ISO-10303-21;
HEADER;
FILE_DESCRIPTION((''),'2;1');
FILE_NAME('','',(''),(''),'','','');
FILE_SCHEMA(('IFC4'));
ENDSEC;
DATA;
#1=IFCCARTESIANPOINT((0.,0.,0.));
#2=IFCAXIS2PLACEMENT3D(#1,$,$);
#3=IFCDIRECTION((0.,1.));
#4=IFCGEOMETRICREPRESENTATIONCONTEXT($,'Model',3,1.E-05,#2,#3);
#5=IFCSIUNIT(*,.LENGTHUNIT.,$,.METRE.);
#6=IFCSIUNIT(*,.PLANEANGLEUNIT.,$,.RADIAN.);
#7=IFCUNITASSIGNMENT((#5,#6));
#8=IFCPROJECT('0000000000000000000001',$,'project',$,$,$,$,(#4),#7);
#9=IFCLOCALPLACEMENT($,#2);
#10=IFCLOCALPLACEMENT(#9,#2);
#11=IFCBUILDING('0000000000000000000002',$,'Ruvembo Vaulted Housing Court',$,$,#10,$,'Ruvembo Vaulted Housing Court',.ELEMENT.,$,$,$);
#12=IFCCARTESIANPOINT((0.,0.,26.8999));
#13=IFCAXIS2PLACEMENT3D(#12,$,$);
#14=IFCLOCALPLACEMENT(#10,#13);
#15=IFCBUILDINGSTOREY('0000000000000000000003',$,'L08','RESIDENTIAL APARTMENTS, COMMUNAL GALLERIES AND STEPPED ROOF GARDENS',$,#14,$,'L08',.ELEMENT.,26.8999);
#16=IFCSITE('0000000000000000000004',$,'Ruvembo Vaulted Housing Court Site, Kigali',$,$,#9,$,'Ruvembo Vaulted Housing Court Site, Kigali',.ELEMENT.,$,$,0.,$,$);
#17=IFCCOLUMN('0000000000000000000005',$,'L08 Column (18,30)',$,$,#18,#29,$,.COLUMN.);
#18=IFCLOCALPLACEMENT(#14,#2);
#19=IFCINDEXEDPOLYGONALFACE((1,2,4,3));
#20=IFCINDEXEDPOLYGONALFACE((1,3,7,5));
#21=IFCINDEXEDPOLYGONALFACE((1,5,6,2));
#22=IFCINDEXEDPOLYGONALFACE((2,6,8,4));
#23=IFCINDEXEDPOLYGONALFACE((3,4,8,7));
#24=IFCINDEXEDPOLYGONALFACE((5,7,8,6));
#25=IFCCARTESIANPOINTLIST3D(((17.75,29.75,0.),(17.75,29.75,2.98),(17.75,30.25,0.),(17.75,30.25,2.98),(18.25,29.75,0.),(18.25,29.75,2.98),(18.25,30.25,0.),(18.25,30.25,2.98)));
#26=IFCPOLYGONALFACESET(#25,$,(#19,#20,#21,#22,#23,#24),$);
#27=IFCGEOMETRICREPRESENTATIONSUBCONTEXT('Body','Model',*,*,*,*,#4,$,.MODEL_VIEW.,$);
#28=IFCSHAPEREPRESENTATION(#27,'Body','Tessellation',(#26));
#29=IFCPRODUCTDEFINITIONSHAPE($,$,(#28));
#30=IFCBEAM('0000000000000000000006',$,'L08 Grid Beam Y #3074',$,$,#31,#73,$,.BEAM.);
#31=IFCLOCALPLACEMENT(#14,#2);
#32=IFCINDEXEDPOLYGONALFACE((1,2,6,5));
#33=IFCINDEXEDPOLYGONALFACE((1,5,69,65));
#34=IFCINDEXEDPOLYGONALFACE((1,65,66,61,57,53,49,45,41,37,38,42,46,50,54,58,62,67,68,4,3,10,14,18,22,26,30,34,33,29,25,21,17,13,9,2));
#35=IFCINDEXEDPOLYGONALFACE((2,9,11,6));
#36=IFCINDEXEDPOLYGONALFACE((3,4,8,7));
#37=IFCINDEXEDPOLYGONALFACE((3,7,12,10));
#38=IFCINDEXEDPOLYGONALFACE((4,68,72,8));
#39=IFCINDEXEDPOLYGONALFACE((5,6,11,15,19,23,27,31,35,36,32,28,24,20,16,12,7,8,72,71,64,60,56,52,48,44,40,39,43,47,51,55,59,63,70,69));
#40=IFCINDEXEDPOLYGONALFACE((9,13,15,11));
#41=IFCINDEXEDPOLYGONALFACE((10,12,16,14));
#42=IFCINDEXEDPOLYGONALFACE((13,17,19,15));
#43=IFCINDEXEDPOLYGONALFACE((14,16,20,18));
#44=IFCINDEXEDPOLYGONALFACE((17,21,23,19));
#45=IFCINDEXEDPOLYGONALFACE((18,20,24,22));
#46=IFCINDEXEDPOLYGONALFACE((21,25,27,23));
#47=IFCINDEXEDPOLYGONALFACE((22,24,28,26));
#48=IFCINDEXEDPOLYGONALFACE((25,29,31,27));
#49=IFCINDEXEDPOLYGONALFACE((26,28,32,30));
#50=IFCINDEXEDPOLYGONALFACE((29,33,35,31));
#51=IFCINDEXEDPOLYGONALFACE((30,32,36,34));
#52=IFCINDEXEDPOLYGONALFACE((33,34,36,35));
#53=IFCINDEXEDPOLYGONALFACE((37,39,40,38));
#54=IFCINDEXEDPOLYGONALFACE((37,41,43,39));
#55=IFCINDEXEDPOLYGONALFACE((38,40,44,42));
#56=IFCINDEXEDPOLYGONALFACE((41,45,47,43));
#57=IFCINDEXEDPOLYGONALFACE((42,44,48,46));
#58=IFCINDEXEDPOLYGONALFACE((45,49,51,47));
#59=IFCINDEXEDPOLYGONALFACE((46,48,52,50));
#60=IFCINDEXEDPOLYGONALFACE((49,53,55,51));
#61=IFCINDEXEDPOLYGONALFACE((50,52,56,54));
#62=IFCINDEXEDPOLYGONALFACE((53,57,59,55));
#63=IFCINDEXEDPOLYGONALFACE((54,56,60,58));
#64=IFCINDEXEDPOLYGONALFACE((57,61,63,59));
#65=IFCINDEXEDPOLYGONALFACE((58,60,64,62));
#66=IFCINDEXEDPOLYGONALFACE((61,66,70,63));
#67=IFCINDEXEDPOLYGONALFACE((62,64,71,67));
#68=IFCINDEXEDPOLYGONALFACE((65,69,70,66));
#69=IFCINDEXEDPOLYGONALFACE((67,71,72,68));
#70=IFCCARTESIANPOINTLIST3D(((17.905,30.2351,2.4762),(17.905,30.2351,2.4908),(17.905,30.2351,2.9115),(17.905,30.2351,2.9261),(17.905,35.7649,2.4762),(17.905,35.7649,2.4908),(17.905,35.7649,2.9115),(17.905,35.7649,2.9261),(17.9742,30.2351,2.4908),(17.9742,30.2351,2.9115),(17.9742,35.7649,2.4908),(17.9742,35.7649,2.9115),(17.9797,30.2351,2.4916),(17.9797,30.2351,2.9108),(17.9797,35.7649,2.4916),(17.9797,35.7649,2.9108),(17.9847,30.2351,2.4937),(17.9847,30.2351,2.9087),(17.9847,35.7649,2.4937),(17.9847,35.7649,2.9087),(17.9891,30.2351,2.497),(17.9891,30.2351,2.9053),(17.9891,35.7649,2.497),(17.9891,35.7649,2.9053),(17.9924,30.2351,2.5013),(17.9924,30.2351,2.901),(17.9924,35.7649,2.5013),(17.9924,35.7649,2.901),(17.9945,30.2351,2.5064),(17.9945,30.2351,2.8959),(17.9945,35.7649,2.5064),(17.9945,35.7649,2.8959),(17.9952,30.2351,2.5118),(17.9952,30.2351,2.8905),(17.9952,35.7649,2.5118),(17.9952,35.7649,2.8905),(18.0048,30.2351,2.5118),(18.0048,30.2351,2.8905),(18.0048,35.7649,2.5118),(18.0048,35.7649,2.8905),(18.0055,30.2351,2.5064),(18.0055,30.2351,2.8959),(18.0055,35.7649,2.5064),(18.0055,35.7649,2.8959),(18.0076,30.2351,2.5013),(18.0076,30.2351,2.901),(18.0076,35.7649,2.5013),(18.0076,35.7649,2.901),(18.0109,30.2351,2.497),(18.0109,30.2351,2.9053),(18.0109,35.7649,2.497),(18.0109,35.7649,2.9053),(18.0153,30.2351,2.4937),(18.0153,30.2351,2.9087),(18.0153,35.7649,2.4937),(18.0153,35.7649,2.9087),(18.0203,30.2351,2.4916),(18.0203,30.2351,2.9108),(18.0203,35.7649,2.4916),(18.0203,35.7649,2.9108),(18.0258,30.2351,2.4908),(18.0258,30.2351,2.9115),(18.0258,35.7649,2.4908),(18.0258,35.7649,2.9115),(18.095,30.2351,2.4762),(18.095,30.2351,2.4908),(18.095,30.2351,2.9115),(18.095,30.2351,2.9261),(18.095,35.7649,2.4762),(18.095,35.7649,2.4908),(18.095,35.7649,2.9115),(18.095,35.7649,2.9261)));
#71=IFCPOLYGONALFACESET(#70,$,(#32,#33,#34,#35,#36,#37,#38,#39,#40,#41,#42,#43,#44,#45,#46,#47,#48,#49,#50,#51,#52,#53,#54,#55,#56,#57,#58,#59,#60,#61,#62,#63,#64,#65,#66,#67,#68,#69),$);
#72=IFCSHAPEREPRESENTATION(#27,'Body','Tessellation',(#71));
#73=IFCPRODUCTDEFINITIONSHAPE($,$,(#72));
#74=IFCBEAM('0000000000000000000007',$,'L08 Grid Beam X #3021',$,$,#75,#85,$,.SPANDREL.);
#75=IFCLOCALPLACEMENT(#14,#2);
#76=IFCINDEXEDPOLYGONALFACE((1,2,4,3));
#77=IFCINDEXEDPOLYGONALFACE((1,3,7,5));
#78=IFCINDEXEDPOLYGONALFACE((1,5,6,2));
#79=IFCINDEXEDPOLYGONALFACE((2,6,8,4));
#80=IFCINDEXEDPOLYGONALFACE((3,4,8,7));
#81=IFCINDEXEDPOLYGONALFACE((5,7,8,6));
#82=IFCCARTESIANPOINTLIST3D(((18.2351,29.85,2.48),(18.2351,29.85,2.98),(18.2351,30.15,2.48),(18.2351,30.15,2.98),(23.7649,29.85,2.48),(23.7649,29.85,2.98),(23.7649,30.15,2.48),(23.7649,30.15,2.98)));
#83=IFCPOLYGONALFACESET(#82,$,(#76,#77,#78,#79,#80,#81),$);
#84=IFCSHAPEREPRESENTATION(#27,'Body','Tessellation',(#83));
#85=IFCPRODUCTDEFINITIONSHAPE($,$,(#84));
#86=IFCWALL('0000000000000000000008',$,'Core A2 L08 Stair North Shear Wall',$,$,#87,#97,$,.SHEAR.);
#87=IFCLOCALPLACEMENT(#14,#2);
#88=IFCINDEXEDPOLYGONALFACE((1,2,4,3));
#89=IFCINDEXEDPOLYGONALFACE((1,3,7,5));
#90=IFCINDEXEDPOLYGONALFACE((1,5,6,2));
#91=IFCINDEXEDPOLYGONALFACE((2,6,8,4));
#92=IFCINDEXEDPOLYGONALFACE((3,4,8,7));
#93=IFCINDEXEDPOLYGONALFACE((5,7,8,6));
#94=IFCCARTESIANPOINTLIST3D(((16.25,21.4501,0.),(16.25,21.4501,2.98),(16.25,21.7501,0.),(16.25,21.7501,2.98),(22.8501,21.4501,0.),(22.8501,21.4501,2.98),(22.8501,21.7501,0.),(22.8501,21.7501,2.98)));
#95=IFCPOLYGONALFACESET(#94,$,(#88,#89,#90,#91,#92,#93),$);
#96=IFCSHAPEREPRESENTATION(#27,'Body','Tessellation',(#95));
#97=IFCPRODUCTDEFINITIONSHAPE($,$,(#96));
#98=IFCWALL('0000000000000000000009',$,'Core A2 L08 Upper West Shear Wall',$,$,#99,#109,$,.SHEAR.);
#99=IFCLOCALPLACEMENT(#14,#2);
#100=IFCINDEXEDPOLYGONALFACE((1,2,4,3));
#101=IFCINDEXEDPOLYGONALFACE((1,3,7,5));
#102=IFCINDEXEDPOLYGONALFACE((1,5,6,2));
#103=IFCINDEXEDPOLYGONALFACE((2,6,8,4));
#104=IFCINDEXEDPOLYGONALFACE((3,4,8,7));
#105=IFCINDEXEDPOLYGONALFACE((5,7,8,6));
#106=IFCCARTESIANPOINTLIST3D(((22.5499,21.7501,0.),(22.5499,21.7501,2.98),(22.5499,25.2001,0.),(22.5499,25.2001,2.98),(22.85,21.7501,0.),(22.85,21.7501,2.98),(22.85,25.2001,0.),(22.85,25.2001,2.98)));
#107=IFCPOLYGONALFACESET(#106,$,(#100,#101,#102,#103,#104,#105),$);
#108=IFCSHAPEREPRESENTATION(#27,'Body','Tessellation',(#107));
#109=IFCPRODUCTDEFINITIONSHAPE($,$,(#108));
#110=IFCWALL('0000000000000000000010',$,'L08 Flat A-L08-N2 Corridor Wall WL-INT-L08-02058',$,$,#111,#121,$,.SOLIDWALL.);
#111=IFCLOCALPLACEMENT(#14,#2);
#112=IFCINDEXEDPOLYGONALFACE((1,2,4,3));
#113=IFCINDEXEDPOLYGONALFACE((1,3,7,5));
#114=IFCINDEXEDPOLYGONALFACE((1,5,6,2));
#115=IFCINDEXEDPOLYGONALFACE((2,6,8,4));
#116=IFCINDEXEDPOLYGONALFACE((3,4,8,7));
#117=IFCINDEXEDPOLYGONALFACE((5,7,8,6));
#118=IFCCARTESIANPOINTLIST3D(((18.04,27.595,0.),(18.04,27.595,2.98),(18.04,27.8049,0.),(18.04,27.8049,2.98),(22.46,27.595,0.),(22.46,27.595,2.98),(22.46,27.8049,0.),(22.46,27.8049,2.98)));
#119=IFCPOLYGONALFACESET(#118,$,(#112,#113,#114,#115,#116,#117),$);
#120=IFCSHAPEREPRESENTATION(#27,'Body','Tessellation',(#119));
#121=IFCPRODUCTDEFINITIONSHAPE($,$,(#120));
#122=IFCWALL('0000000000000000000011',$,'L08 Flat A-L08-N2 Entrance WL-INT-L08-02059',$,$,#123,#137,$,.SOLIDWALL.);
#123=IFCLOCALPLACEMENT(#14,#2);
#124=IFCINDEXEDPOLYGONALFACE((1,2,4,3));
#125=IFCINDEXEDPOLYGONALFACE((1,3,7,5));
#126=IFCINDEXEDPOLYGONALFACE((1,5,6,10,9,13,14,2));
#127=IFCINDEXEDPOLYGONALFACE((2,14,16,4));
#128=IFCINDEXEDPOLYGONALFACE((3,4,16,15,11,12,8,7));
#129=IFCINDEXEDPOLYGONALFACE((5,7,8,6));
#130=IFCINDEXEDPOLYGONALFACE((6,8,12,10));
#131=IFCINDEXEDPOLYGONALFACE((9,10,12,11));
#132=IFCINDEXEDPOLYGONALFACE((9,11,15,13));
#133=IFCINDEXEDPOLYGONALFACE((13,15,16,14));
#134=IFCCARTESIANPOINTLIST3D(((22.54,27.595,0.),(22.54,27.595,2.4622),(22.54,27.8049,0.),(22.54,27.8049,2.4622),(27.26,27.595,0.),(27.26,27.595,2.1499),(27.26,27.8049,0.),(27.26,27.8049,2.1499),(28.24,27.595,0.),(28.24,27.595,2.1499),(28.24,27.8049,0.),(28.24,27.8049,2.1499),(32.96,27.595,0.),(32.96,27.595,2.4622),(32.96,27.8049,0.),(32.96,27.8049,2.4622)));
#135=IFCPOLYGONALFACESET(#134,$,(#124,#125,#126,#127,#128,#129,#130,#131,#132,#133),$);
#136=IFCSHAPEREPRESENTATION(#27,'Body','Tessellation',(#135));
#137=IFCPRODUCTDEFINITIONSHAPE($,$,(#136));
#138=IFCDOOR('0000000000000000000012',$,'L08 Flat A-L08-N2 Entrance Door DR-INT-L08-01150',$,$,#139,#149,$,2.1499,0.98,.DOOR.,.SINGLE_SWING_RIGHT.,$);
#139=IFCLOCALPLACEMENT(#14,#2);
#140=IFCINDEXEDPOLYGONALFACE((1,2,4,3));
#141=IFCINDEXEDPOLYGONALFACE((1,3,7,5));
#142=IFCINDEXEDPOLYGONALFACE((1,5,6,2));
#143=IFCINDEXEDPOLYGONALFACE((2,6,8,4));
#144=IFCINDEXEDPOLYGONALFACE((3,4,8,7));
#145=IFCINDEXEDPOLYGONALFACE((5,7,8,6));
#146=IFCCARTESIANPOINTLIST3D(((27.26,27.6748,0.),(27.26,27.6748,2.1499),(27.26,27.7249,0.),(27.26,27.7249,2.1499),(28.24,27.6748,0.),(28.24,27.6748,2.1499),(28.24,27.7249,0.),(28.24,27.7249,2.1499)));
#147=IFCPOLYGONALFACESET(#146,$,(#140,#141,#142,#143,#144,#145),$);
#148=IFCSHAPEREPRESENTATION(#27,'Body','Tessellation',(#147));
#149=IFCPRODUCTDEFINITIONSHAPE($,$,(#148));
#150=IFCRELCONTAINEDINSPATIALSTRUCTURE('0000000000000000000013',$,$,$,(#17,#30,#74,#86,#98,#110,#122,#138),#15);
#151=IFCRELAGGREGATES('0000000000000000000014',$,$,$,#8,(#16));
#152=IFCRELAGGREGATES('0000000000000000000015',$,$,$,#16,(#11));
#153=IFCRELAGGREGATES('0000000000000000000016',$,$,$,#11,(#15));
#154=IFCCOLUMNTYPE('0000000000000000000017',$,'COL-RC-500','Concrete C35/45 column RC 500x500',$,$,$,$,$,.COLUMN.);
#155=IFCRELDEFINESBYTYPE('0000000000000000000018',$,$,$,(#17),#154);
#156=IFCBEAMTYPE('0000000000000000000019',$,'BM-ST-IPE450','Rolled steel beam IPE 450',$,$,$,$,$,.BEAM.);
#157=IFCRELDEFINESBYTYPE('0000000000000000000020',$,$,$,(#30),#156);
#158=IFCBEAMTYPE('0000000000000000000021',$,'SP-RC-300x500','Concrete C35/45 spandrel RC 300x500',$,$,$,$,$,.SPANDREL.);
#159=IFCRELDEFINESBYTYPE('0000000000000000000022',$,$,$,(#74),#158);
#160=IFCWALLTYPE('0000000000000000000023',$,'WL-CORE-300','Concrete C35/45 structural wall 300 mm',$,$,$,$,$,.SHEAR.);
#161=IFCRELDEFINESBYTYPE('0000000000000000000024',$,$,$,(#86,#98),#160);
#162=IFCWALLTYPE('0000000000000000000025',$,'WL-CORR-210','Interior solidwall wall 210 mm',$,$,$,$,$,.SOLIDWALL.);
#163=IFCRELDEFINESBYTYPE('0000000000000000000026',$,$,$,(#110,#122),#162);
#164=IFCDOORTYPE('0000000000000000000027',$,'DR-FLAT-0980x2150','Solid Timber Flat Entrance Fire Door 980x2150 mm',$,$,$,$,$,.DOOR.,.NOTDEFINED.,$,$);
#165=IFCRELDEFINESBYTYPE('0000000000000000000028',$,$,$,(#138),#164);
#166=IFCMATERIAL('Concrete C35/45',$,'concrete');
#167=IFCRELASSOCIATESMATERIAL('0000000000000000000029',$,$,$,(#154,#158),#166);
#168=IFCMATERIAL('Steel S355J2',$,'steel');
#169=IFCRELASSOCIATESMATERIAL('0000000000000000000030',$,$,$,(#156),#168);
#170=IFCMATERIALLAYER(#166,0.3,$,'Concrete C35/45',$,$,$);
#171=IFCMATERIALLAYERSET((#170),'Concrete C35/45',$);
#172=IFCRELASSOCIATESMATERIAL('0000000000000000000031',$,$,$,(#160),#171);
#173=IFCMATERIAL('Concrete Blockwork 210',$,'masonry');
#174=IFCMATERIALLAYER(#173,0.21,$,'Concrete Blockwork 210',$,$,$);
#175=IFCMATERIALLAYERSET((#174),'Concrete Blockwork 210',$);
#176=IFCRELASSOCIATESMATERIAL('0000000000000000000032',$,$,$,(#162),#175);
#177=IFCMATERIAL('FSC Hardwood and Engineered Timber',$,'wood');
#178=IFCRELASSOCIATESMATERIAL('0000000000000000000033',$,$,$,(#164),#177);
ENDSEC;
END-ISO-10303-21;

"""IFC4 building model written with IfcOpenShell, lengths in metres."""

from ifc_helpers import new_model, si_unit, direction, frame, frame_2d, origin, origin_2d, place, context, subcontext, project, spatial, rectangle, i_section, extrude, material, layer, layer_set, material_profile, profile_set, type_object, element, fill, save


model = new_model("IFC4")

# Units and contexts
model_context = context("Model", 3, precision=1e-05, world=origin(), true_north=direction((0.0, 1.0)))
body_context = subcontext(model_context, "Body", "Model", "MODEL_VIEW")
ifc_project = project(units=[si_unit("LENGTHUNIT", "METRE"), si_unit("PLANEANGLEUNIT", "RADIAN")], contexts=[model_context])

# Site, building, storey
site_placement = place(None, origin())
site = spatial("IfcSite", under=ifc_project, at=site_placement, Name="Ruvembo Vaulted Housing Court Site, Kigali", LongName="Ruvembo Vaulted Housing Court Site, Kigali", CompositionType="ELEMENT", RefElevation=0.0)
building_placement = place(site_placement, origin())
building = spatial("IfcBuilding", under=site, at=building_placement, Name="Ruvembo Vaulted Housing Court", LongName="Ruvembo Vaulted Housing Court", CompositionType="ELEMENT")
storey_placement = place(building_placement, frame((0.0, 0.0, 26.8999)))
storey = spatial("IfcBuildingStorey", under=building, at=storey_placement, Name="L08", Description="RESIDENTIAL APARTMENTS, COMMUNAL GALLERIES AND STEPPED ROOF GARDENS", LongName="L08", CompositionType="ELEMENT", Elevation=26.8999)

# Column
ifc_material_1 = material(Name="Concrete C35/45", Category="concrete")
ifc_material_profile_1 = material_profile(ifc_material_1, rectangle(XDim=0.5, YDim=0.5, at=origin_2d()), Name="RC 500x500")
ifc_profile_set_1 = profile_set([ifc_material_profile_1], Name="Concrete C35/45")
column_type = type_object("IfcColumnType", Name="COL-RC-500", Description="Concrete C35/45 column RC 500x500", PredefinedType="COLUMN", material=ifc_profile_set_1)
column_placement = place(storey_placement, frame((18.0, 30.0, 0.0), z_axis=(0.0, 0.0, 1.0), x_axis=(1.0, 0.0, 0.0)))
element("IfcColumn", 1, at=column_placement, inside=storey, type_object=column_type, Name="L08 Column (18,30)", PredefinedType="COLUMN", context=body_context, shape_type="SweptSolid", body=[
    extrude(rectangle(XDim=0.5, YDim=0.5, at=origin_2d()), origin(), (0.0, 0.0, 1.0), 2.98),
])

# Beams
ifc_material_2 = material(Name="Steel S355J2", Category="steel")
ifc_material_profile_2 = material_profile(ifc_material_2, i_section(OverallWidth=0.1899, OverallDepth=0.45, WebThickness=0.0095, FlangeThickness=0.0146, FilletRadius=0.021, at=origin_2d()), Name="IPE 450")
ifc_profile_set_2 = profile_set([ifc_material_profile_2], Name="Steel S355J2")
beam_type_1 = type_object("IfcBeamType", Name="BM-ST-IPE450", Description="Rolled steel beam IPE 450", PredefinedType="BEAM", material=ifc_profile_set_2)
beam_1_placement = place(storey_placement, frame((18.0, 30.2351, 2.7012), z_axis=(0.0, 1.0, 0.0), x_axis=(-1.0, 0.0, 0.0)))
element("IfcBeam", 2, at=beam_1_placement, inside=storey, type_object=beam_type_1, Name="L08 Grid Beam Y #3074", PredefinedType="BEAM", context=body_context, shape_type="SweptSolid", body=[
    extrude(i_section(OverallWidth=0.1899, OverallDepth=0.45, WebThickness=0.0095, FlangeThickness=0.0146, FilletRadius=0.021, at=origin_2d()), origin(), (0.0, 0.0, 1.0), 5.5298),
])
ifc_material_profile_3 = material_profile(ifc_material_1, rectangle(XDim=0.3, YDim=0.5, at=origin_2d()), Name="RC 300x500")
ifc_profile_set_3 = profile_set([ifc_material_profile_3], Name="Concrete C35/45")
beam_type_2 = type_object("IfcBeamType", Name="SP-RC-300x500", Description="Concrete C35/45 spandrel RC 300x500", PredefinedType="SPANDREL", material=ifc_profile_set_3)
beam_2_placement = place(storey_placement, frame((18.2351, 30.0, 2.73), z_axis=(1.0, 0.0, 0.0), x_axis=(0.0, 1.0, 0.0)))
element("IfcBeam", 3, at=beam_2_placement, inside=storey, type_object=beam_type_2, Name="L08 Grid Beam X #3021", PredefinedType="SPANDREL", context=body_context, shape_type="SweptSolid", body=[
    extrude(rectangle(XDim=0.3, YDim=0.5, at=origin_2d()), origin(), (0.0, 0.0, 1.0), 5.5298),
])

# Walls
ifc_layer_1 = layer(ifc_material_1, 0.3, Name="Concrete C35/45")
ifc_layer_set_1 = layer_set([ifc_layer_1], Name="Concrete C35/45")
wall_type_1 = type_object("IfcWallType", Name="WL-CORE-300", Description="Concrete C35/45 structural wall 300 mm", PredefinedType="SHEAR", material=ifc_layer_set_1)
wall_1_placement = place(storey_placement, frame((22.8501, 21.6001, 0.0), z_axis=(0.0, 0.0, 1.0), x_axis=(-1.0, 0.0, 0.0)))
element("IfcWall", 4, at=wall_1_placement, inside=storey, type_object=wall_type_1, Name="Core A2 L08 Stair North Shear Wall", PredefinedType="SHEAR", context=body_context, shape_type="SweptSolid", body=[
    extrude(rectangle(XDim=6.6001, YDim=0.3, at=frame_2d((3.3, 0.0))), origin(), (0.0, 0.0, 1.0), 2.98),
])
wall_2_placement = place(storey_placement, frame((22.7, 21.75, 0.0), z_axis=(0.0, 0.0, 1.0), x_axis=(0.0, 1.0, 0.0)))
element("IfcWall", 5, at=wall_2_placement, inside=storey, type_object=wall_type_1, Name="Core A2 L08 Upper West Shear Wall", PredefinedType="SHEAR", context=body_context, shape_type="SweptSolid", body=[
    extrude(rectangle(XDim=3.45, YDim=0.3, at=frame_2d((1.7251, 0.0))), origin(), (0.0, 0.0, 1.0), 2.98),
])
ifc_material_3 = material(Name="Concrete Blockwork 210", Category="masonry")
ifc_layer_2 = layer(ifc_material_3, 0.21, Name="Concrete Blockwork 210")
ifc_layer_set_2 = layer_set([ifc_layer_2], Name="Concrete Blockwork 210")
wall_type_2 = type_object("IfcWallType", Name="WL-CORR-210", Description="Interior solidwall wall 210 mm", PredefinedType="SOLIDWALL", material=ifc_layer_set_2)
wall_3_placement = place(storey_placement, frame((18.04, 27.7, 0.0), z_axis=(0.0, 0.0, 1.0), x_axis=(1.0, 0.0, 0.0)))
element("IfcWall", 6, at=wall_3_placement, inside=storey, type_object=wall_type_2, Name="L08 Flat A-L08-N2 Corridor Wall WL-INT-L08-02058", PredefinedType="SOLIDWALL", context=body_context, shape_type="SweptSolid", body=[
    extrude(rectangle(XDim=4.4199, YDim=0.21, at=frame_2d((2.21, 0.0))), origin(), (0.0, 0.0, 1.0), 2.98),
])

# Wall, opening, door
wall_4_placement = place(storey_placement, frame((22.54, 27.7, 0.0), z_axis=(0.0, 0.0, 1.0), x_axis=(1.0, 0.0, 0.0)))
wall_4 = element("IfcWall", 7, at=wall_4_placement, inside=storey, type_object=wall_type_2, Name="L08 Flat A-L08-N2 Entrance WL-INT-L08-02059", PredefinedType="SOLIDWALL", context=body_context, shape_type="SweptSolid", body=[
    extrude(rectangle(XDim=10.4199, YDim=0.21, at=frame_2d((5.21, 0.0))), origin(), (0.0, 0.0, 1.0), 2.4622),
])
opening_1_placement = place(wall_4_placement, frame((4.72, 0.0, 0.0)))
opening_1 = element("IfcOpeningElement", 8, at=opening_1_placement, cuts=wall_4, PredefinedType="OPENING", context=body_context, shape_type="SweptSolid", body=[
    extrude(rectangle(XDim=0.98, YDim=2.1499, at=frame_2d((0.49, 1.075))), frame((0.0, 0.115, 0.0), z_axis=(0.0, -1.0, 0.0), x_axis=(1.0, 0.0, 0.0)), (0.0, 0.0, 1.0), 0.23),
])
ifc_material_4 = material(Name="FSC Hardwood and Engineered Timber", Category="wood")
door_type_1 = type_object("IfcDoorType", Name="DR-FLAT-0980x2150", Description="Solid Timber Flat Entrance Fire Door 980x2150 mm", OperationType="NOTDEFINED", PredefinedType="DOOR", material=ifc_material_4)
door_1_placement = place(opening_1_placement, origin())
door_1 = element("IfcDoor", 9, at=door_1_placement, inside=storey, type_object=door_type_1, Name="L08 Flat A-L08-N2 Entrance Door DR-INT-L08-01150", OperationType="SINGLE_SWING_RIGHT", OverallHeight=2.1499, OverallWidth=0.98, PredefinedType="DOOR", context=body_context, shape_type="SweptSolid", body=[
    extrude(rectangle(XDim=0.98, YDim=2.1499, at=frame_2d((0.49, 1.075))), frame((0.0, 0.0249, 0.0), z_axis=(0.0, -1.0, 0.0), x_axis=(1.0, 0.0, 0.0)), (0.0, 0.0, 1.0), 0.05),
])
fill(opening_1, door_1)

save(model, "model.ifc")
